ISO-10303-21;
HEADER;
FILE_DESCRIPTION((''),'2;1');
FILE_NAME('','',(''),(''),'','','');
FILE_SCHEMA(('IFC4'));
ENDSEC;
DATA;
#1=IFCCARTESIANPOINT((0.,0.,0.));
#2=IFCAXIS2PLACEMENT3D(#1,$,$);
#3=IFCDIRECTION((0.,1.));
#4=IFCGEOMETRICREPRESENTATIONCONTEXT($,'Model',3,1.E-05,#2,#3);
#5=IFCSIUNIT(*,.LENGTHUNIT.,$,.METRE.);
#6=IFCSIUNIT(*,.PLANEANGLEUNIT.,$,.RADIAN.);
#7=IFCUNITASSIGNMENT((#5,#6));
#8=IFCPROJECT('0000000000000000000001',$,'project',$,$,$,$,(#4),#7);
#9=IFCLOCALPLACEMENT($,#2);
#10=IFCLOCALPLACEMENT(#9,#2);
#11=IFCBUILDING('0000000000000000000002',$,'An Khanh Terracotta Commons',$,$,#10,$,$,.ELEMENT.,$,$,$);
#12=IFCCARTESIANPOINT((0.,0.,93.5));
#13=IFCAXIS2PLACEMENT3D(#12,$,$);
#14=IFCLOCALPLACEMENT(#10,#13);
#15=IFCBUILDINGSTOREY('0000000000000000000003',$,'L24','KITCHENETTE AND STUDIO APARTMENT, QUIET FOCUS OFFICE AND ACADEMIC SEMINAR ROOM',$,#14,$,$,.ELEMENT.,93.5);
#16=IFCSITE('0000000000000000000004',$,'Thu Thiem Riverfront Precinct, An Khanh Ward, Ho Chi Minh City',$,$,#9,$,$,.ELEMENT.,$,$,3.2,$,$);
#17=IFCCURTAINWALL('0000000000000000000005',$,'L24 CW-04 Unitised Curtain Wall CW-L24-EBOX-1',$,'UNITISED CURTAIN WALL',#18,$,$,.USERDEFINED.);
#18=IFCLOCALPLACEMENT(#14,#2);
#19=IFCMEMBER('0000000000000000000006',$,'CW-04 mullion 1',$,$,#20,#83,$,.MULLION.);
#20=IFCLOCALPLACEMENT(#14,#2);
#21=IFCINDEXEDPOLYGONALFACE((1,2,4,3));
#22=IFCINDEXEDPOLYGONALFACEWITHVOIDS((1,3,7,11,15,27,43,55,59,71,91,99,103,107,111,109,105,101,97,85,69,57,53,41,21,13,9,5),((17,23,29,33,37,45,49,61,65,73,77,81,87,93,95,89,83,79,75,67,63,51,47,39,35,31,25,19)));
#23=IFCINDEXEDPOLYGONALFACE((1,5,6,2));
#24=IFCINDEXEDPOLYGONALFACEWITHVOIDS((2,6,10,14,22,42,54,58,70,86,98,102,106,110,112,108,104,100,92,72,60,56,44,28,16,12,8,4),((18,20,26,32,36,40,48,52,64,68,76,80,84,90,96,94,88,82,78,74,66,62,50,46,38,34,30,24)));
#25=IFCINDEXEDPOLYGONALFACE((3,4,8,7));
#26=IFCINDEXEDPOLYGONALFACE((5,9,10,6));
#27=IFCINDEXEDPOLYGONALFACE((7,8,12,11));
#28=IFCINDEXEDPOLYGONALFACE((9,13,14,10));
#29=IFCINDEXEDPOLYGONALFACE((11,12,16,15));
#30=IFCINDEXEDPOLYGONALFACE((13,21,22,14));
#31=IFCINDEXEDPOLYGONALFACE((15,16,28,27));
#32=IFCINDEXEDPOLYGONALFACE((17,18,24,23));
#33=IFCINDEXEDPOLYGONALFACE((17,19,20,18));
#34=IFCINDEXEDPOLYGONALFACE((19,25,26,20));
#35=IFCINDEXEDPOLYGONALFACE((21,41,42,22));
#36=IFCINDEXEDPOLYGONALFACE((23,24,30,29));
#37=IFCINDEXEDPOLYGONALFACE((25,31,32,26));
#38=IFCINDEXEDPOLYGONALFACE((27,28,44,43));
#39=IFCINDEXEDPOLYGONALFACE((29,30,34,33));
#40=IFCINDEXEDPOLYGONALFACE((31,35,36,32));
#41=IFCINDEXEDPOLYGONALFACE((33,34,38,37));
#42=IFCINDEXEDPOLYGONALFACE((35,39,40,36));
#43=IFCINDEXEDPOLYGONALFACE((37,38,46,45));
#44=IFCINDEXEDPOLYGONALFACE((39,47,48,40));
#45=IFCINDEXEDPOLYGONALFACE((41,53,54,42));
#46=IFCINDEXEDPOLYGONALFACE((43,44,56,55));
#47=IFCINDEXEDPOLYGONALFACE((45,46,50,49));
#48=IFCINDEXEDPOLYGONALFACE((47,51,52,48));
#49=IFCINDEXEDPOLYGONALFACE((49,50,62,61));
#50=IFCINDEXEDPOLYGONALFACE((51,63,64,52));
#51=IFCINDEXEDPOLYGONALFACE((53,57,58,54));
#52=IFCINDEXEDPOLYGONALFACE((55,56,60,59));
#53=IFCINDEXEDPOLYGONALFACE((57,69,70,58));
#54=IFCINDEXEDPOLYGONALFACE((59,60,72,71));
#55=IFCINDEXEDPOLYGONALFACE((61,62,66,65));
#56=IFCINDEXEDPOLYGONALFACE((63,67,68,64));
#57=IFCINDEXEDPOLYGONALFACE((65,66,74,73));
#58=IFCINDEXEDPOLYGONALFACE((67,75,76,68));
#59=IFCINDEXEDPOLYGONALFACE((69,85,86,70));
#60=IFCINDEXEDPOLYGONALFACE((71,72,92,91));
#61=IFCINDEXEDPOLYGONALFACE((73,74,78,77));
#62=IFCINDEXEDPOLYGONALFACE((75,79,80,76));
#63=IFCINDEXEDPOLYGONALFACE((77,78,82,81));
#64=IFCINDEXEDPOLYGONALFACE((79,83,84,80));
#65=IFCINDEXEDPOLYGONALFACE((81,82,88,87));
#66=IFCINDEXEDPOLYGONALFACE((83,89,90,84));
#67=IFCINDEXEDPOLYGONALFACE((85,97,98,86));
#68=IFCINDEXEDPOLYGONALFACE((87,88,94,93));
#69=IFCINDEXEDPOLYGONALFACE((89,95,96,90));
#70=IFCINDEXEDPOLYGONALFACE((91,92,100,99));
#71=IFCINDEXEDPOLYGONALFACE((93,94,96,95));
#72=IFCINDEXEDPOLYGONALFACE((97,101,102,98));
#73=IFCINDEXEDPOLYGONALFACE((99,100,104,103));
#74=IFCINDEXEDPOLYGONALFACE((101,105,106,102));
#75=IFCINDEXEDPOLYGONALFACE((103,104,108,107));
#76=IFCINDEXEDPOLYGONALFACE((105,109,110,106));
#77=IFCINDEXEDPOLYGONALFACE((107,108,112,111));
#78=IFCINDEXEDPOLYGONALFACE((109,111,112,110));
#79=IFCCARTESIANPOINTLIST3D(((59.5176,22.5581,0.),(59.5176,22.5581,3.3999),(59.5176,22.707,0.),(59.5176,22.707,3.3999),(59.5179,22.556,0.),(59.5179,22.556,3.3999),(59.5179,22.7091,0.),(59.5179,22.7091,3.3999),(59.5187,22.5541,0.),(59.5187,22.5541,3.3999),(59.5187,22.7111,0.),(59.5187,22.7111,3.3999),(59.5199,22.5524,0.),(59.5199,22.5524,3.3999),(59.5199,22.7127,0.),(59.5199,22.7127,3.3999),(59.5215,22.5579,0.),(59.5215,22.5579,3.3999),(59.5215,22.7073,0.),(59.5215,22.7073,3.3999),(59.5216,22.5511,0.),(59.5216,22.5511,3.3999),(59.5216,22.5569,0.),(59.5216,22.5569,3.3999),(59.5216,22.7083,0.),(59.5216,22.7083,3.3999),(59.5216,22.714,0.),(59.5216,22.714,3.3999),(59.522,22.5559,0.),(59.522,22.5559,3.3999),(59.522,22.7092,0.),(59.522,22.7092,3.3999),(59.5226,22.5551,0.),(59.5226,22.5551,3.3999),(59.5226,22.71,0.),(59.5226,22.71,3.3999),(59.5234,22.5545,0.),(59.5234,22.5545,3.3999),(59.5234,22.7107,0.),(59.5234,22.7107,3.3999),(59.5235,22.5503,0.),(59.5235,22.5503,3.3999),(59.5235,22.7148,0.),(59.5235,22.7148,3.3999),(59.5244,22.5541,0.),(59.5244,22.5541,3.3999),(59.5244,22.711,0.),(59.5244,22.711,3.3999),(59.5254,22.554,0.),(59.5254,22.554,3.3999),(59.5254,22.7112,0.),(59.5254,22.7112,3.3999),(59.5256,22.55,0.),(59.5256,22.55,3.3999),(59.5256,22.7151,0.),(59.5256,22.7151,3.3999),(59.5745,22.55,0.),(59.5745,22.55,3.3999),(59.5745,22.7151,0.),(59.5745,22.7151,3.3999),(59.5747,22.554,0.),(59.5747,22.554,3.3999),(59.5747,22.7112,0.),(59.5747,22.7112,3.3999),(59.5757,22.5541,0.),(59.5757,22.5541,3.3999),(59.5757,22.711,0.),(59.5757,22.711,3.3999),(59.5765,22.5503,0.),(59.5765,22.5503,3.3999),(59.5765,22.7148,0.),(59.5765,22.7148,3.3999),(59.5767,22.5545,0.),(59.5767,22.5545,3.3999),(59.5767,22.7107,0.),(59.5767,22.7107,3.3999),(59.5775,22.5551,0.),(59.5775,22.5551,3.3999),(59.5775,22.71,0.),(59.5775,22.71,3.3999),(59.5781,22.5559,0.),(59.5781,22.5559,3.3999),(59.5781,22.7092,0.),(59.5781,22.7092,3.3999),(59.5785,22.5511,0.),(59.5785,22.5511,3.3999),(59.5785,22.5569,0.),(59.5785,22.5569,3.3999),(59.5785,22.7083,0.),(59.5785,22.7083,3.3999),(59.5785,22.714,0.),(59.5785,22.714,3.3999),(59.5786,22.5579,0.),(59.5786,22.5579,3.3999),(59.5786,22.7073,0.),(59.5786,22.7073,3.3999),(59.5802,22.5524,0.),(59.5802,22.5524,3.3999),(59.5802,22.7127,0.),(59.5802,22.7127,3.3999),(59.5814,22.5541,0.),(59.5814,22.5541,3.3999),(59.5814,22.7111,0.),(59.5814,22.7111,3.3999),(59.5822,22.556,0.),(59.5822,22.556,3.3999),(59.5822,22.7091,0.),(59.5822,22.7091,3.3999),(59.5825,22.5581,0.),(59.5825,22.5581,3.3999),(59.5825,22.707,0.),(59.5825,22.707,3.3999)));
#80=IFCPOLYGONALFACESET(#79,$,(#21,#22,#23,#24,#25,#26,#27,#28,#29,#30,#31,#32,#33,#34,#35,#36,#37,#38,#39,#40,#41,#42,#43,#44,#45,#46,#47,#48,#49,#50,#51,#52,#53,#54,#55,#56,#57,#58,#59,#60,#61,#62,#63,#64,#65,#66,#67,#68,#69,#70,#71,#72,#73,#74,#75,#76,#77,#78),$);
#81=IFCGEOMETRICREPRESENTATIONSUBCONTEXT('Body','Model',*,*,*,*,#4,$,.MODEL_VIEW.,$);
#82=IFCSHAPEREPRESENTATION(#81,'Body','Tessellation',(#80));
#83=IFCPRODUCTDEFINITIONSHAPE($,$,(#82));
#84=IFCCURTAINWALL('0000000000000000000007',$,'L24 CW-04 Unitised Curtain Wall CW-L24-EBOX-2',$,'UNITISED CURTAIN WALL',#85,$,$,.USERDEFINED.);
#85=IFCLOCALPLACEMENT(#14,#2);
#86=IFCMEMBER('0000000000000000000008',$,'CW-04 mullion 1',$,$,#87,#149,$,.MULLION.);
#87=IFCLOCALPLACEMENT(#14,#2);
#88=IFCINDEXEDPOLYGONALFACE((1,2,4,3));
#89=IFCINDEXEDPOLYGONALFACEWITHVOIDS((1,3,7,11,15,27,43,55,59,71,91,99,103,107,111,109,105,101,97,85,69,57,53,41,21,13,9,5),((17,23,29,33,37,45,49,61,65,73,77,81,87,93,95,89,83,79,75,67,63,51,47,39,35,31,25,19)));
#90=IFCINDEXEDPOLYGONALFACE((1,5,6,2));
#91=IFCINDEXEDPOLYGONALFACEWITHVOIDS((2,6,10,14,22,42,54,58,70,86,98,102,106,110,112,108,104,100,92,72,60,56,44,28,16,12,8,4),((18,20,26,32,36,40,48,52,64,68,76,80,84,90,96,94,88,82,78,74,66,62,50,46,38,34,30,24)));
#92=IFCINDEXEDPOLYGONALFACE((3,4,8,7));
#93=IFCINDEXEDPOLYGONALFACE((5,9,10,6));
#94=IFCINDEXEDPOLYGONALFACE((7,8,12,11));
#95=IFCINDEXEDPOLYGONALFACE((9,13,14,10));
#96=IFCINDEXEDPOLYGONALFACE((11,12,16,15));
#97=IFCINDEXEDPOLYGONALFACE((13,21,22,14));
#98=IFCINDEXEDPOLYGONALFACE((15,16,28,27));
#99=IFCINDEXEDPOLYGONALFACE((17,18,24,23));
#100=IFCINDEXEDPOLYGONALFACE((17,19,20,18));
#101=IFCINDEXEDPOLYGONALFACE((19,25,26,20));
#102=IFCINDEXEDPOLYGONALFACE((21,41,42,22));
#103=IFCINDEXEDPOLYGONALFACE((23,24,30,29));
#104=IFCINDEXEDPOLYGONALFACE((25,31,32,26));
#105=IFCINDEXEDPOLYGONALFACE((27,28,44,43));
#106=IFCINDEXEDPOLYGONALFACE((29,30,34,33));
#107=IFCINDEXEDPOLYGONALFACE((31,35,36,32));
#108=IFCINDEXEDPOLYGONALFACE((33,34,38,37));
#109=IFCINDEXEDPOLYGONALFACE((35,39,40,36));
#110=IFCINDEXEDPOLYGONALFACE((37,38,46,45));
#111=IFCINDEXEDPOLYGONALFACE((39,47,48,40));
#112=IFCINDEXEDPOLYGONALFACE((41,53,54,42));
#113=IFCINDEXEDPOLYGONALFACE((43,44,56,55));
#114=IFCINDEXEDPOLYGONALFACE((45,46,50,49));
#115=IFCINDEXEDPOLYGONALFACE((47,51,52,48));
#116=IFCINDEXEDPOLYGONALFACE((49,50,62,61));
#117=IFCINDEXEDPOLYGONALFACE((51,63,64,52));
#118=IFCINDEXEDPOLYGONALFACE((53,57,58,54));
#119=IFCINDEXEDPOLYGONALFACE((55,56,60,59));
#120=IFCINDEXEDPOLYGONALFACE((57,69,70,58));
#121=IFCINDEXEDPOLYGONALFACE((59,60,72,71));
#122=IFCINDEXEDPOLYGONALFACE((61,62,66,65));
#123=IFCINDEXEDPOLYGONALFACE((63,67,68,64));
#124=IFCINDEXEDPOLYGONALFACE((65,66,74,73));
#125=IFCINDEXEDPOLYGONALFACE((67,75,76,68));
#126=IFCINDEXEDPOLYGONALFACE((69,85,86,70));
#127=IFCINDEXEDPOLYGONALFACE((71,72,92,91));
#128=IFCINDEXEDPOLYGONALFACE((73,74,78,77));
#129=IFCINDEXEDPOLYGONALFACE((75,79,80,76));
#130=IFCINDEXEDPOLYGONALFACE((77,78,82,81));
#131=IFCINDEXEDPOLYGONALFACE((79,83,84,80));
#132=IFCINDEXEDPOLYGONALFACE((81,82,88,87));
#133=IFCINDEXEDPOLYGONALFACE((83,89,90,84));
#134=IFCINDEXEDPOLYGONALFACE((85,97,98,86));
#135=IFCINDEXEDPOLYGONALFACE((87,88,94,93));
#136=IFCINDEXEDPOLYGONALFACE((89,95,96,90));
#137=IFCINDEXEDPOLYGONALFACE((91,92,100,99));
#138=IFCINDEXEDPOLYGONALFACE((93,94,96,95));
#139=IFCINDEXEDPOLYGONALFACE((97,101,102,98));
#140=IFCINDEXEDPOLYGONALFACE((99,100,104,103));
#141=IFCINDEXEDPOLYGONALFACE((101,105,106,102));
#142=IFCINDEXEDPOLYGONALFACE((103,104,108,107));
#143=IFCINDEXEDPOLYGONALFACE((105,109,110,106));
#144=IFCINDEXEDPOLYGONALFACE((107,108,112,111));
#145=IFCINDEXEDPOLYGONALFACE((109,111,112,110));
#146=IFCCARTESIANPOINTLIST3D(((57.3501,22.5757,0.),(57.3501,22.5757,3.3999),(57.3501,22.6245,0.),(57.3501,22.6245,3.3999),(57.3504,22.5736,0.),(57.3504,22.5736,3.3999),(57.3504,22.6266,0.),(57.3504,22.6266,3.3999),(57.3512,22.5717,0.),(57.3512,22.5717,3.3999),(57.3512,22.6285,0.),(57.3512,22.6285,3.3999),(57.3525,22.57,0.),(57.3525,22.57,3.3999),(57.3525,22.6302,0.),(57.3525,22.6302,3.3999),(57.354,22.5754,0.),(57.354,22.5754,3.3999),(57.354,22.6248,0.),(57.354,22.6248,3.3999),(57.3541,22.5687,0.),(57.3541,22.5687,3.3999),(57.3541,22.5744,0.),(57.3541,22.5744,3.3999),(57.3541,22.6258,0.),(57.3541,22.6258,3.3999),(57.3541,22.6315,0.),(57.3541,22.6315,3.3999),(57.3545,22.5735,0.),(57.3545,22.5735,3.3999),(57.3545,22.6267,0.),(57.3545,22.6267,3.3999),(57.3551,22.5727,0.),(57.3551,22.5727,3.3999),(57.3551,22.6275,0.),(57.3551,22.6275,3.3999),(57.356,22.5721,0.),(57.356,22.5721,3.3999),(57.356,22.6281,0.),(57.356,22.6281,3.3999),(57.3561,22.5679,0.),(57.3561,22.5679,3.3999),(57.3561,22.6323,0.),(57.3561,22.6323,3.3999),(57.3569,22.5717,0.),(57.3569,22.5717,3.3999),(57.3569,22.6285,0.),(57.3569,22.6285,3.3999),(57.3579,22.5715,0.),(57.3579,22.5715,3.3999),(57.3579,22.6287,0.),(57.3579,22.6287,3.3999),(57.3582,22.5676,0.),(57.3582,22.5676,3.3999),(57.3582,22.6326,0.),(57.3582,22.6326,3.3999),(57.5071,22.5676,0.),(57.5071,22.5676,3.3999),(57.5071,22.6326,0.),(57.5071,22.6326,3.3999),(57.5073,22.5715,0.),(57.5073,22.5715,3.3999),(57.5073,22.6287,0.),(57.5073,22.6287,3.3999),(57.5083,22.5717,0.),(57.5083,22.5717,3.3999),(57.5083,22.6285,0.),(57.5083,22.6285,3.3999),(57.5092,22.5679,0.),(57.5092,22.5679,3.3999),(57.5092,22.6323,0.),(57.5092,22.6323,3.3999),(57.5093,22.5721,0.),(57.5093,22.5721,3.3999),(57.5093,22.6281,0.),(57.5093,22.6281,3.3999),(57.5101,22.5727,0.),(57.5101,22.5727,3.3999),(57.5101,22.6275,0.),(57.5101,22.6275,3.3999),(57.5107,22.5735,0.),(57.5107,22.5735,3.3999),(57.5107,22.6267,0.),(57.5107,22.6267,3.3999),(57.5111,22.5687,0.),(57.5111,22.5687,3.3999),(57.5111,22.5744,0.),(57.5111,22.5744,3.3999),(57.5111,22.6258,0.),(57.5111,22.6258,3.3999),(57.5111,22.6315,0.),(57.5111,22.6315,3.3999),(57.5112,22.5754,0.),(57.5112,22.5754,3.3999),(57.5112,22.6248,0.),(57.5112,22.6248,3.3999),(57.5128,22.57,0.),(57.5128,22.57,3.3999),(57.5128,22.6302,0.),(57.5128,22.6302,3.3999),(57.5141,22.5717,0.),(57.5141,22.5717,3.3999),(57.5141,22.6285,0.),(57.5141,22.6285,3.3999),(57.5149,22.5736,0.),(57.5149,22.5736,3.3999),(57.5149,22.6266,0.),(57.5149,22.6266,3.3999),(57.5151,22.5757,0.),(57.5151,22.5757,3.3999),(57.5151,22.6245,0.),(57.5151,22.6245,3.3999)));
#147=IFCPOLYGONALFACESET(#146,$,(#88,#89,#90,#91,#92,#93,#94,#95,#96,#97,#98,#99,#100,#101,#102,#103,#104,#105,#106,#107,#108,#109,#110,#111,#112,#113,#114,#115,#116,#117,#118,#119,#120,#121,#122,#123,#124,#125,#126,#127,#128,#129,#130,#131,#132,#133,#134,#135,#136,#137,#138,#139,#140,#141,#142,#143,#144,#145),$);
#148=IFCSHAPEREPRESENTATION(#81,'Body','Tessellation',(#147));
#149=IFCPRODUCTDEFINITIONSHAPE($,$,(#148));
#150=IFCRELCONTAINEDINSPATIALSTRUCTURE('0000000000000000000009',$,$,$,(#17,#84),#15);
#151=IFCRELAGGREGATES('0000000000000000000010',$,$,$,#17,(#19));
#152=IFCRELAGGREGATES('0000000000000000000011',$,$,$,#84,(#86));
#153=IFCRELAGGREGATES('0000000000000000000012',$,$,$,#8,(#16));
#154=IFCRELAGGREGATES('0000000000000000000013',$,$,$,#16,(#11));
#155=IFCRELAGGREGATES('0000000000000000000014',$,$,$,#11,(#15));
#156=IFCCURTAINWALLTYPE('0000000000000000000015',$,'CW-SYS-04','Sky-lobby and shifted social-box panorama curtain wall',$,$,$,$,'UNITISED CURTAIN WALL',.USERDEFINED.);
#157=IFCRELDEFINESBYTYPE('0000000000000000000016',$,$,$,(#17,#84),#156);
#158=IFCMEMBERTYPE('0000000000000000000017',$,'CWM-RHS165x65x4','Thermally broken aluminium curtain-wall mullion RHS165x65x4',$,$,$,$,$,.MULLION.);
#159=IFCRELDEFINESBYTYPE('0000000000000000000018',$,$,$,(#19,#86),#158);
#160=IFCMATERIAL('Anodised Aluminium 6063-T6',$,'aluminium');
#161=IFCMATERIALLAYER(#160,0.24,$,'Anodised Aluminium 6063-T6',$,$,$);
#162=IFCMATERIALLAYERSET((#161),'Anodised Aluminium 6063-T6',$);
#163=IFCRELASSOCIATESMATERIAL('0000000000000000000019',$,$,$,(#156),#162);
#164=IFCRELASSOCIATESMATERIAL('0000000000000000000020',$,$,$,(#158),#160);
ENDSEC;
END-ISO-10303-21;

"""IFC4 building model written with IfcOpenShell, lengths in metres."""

from ifc_helpers import new_model, si_unit, direction, frame, origin, origin_2d, place, context, subcontext, project, spatial, hollow_rectangle, extrude, material, layer, layer_set, material_profile, profile_set, type_object, element, aggregate, save


model = new_model("IFC4")

# Units and contexts
model_context = context("Model", 3, precision=1e-05, world=origin(), true_north=direction((0.0, 1.0)))
body_context = subcontext(model_context, "Body", "Model", "MODEL_VIEW")
ifc_project = project(units=[si_unit("LENGTHUNIT", "METRE"), si_unit("PLANEANGLEUNIT", "RADIAN")], contexts=[model_context])

# Site, building, storey
site_placement = place(None, origin())
site = spatial("IfcSite", under=ifc_project, at=site_placement, Name="Thu Thiem Riverfront Precinct, An Khanh Ward, Ho Chi Minh City", CompositionType="ELEMENT", RefElevation=3.2)
building_placement = place(site_placement, origin())
building = spatial("IfcBuilding", under=site, at=building_placement, Name="An Khanh Terracotta Commons", CompositionType="ELEMENT")
storey_placement = place(building_placement, frame((0.0, 0.0, 93.5)))
storey = spatial("IfcBuildingStorey", under=building, at=storey_placement, Name="L24", Description="KITCHENETTE AND STUDIO APARTMENT, QUIET FOCUS OFFICE AND ACADEMIC SEMINAR ROOM", CompositionType="ELEMENT", Elevation=93.5)

# Curtain wall, member
ifc_material_1 = material(Name="Anodised Aluminium 6063-T6", Category="aluminium")
ifc_layer_1 = layer(ifc_material_1, 0.24, Name="Anodised Aluminium 6063-T6")
ifc_layer_set_1 = layer_set([ifc_layer_1], Name="Anodised Aluminium 6063-T6")
curtain_wall_type_1 = type_object("IfcCurtainWallType", Name="CW-SYS-04", Description="Sky-lobby and shifted social-box panorama curtain wall", ElementType="UNITISED CURTAIN WALL", PredefinedType="USERDEFINED", material=ifc_layer_set_1)
curtain_wall_1_placement = place(storey_placement, origin())
curtain_wall_1 = element("IfcCurtainWall", 1, at=curtain_wall_1_placement, inside=storey, type_object=curtain_wall_type_1, Name="L24 CW-04 Unitised Curtain Wall CW-L24-EBOX-1", ObjectType="UNITISED CURTAIN WALL", PredefinedType="USERDEFINED")
ifc_material_profile_1 = material_profile(ifc_material_1, hollow_rectangle(XDim=0.0649, YDim=0.165, WallThickness=0.0039, InnerFilletRadius=0.0039, OuterFilletRadius=0.0081, at=origin_2d()), Name="RHS165x65x4")
ifc_profile_set_1 = profile_set([ifc_material_profile_1], Name="Anodised Aluminium 6063-T6")
member_type_1 = type_object("IfcMemberType", Name="CWM-RHS165x65x4", Description="Thermally broken aluminium curtain-wall mullion RHS165x65x4", PredefinedType="MULLION", material=ifc_profile_set_1)
member_1_placement = place(storey_placement, frame((59.55, 22.6326, 0.0), z_axis=(0.0, 0.0, 1.0), x_axis=(-1.0, 0.0, 0.0)))
member_1 = element("IfcMember", 2, at=member_1_placement, type_object=member_type_1, Name="CW-04 mullion 1", PredefinedType="MULLION", context=body_context, shape_type="SweptSolid", body=[
    extrude(hollow_rectangle(XDim=0.0649, YDim=0.165, WallThickness=0.0039, InnerFilletRadius=0.0039, OuterFilletRadius=0.0081, at=origin_2d()), origin(), (0.0, 0.0, 1.0), 3.3999),
])

# Curtain wall, member
curtain_wall_2_placement = place(storey_placement, origin())
curtain_wall_2 = element("IfcCurtainWall", 3, at=curtain_wall_2_placement, inside=storey, type_object=curtain_wall_type_1, Name="L24 CW-04 Unitised Curtain Wall CW-L24-EBOX-2", ObjectType="UNITISED CURTAIN WALL", PredefinedType="USERDEFINED")
member_2_placement = place(storey_placement, frame((57.4326, 22.6001, 0.0), z_axis=(0.0, 0.0, 1.0), x_axis=(0.0, 1.0, 0.0)))
member_2 = element("IfcMember", 4, at=member_2_placement, type_object=member_type_1, Name="CW-04 mullion 1", PredefinedType="MULLION", context=body_context, shape_type="SweptSolid", body=[
    extrude(hollow_rectangle(XDim=0.0649, YDim=0.165, WallThickness=0.0039, InnerFilletRadius=0.0039, OuterFilletRadius=0.0081, at=origin_2d()), origin(), (0.0, 0.0, 1.0), 3.3999),
])

aggregate(curtain_wall_1, [member_1])
aggregate(curtain_wall_2, [member_2])

save(model, "model.ifc")
